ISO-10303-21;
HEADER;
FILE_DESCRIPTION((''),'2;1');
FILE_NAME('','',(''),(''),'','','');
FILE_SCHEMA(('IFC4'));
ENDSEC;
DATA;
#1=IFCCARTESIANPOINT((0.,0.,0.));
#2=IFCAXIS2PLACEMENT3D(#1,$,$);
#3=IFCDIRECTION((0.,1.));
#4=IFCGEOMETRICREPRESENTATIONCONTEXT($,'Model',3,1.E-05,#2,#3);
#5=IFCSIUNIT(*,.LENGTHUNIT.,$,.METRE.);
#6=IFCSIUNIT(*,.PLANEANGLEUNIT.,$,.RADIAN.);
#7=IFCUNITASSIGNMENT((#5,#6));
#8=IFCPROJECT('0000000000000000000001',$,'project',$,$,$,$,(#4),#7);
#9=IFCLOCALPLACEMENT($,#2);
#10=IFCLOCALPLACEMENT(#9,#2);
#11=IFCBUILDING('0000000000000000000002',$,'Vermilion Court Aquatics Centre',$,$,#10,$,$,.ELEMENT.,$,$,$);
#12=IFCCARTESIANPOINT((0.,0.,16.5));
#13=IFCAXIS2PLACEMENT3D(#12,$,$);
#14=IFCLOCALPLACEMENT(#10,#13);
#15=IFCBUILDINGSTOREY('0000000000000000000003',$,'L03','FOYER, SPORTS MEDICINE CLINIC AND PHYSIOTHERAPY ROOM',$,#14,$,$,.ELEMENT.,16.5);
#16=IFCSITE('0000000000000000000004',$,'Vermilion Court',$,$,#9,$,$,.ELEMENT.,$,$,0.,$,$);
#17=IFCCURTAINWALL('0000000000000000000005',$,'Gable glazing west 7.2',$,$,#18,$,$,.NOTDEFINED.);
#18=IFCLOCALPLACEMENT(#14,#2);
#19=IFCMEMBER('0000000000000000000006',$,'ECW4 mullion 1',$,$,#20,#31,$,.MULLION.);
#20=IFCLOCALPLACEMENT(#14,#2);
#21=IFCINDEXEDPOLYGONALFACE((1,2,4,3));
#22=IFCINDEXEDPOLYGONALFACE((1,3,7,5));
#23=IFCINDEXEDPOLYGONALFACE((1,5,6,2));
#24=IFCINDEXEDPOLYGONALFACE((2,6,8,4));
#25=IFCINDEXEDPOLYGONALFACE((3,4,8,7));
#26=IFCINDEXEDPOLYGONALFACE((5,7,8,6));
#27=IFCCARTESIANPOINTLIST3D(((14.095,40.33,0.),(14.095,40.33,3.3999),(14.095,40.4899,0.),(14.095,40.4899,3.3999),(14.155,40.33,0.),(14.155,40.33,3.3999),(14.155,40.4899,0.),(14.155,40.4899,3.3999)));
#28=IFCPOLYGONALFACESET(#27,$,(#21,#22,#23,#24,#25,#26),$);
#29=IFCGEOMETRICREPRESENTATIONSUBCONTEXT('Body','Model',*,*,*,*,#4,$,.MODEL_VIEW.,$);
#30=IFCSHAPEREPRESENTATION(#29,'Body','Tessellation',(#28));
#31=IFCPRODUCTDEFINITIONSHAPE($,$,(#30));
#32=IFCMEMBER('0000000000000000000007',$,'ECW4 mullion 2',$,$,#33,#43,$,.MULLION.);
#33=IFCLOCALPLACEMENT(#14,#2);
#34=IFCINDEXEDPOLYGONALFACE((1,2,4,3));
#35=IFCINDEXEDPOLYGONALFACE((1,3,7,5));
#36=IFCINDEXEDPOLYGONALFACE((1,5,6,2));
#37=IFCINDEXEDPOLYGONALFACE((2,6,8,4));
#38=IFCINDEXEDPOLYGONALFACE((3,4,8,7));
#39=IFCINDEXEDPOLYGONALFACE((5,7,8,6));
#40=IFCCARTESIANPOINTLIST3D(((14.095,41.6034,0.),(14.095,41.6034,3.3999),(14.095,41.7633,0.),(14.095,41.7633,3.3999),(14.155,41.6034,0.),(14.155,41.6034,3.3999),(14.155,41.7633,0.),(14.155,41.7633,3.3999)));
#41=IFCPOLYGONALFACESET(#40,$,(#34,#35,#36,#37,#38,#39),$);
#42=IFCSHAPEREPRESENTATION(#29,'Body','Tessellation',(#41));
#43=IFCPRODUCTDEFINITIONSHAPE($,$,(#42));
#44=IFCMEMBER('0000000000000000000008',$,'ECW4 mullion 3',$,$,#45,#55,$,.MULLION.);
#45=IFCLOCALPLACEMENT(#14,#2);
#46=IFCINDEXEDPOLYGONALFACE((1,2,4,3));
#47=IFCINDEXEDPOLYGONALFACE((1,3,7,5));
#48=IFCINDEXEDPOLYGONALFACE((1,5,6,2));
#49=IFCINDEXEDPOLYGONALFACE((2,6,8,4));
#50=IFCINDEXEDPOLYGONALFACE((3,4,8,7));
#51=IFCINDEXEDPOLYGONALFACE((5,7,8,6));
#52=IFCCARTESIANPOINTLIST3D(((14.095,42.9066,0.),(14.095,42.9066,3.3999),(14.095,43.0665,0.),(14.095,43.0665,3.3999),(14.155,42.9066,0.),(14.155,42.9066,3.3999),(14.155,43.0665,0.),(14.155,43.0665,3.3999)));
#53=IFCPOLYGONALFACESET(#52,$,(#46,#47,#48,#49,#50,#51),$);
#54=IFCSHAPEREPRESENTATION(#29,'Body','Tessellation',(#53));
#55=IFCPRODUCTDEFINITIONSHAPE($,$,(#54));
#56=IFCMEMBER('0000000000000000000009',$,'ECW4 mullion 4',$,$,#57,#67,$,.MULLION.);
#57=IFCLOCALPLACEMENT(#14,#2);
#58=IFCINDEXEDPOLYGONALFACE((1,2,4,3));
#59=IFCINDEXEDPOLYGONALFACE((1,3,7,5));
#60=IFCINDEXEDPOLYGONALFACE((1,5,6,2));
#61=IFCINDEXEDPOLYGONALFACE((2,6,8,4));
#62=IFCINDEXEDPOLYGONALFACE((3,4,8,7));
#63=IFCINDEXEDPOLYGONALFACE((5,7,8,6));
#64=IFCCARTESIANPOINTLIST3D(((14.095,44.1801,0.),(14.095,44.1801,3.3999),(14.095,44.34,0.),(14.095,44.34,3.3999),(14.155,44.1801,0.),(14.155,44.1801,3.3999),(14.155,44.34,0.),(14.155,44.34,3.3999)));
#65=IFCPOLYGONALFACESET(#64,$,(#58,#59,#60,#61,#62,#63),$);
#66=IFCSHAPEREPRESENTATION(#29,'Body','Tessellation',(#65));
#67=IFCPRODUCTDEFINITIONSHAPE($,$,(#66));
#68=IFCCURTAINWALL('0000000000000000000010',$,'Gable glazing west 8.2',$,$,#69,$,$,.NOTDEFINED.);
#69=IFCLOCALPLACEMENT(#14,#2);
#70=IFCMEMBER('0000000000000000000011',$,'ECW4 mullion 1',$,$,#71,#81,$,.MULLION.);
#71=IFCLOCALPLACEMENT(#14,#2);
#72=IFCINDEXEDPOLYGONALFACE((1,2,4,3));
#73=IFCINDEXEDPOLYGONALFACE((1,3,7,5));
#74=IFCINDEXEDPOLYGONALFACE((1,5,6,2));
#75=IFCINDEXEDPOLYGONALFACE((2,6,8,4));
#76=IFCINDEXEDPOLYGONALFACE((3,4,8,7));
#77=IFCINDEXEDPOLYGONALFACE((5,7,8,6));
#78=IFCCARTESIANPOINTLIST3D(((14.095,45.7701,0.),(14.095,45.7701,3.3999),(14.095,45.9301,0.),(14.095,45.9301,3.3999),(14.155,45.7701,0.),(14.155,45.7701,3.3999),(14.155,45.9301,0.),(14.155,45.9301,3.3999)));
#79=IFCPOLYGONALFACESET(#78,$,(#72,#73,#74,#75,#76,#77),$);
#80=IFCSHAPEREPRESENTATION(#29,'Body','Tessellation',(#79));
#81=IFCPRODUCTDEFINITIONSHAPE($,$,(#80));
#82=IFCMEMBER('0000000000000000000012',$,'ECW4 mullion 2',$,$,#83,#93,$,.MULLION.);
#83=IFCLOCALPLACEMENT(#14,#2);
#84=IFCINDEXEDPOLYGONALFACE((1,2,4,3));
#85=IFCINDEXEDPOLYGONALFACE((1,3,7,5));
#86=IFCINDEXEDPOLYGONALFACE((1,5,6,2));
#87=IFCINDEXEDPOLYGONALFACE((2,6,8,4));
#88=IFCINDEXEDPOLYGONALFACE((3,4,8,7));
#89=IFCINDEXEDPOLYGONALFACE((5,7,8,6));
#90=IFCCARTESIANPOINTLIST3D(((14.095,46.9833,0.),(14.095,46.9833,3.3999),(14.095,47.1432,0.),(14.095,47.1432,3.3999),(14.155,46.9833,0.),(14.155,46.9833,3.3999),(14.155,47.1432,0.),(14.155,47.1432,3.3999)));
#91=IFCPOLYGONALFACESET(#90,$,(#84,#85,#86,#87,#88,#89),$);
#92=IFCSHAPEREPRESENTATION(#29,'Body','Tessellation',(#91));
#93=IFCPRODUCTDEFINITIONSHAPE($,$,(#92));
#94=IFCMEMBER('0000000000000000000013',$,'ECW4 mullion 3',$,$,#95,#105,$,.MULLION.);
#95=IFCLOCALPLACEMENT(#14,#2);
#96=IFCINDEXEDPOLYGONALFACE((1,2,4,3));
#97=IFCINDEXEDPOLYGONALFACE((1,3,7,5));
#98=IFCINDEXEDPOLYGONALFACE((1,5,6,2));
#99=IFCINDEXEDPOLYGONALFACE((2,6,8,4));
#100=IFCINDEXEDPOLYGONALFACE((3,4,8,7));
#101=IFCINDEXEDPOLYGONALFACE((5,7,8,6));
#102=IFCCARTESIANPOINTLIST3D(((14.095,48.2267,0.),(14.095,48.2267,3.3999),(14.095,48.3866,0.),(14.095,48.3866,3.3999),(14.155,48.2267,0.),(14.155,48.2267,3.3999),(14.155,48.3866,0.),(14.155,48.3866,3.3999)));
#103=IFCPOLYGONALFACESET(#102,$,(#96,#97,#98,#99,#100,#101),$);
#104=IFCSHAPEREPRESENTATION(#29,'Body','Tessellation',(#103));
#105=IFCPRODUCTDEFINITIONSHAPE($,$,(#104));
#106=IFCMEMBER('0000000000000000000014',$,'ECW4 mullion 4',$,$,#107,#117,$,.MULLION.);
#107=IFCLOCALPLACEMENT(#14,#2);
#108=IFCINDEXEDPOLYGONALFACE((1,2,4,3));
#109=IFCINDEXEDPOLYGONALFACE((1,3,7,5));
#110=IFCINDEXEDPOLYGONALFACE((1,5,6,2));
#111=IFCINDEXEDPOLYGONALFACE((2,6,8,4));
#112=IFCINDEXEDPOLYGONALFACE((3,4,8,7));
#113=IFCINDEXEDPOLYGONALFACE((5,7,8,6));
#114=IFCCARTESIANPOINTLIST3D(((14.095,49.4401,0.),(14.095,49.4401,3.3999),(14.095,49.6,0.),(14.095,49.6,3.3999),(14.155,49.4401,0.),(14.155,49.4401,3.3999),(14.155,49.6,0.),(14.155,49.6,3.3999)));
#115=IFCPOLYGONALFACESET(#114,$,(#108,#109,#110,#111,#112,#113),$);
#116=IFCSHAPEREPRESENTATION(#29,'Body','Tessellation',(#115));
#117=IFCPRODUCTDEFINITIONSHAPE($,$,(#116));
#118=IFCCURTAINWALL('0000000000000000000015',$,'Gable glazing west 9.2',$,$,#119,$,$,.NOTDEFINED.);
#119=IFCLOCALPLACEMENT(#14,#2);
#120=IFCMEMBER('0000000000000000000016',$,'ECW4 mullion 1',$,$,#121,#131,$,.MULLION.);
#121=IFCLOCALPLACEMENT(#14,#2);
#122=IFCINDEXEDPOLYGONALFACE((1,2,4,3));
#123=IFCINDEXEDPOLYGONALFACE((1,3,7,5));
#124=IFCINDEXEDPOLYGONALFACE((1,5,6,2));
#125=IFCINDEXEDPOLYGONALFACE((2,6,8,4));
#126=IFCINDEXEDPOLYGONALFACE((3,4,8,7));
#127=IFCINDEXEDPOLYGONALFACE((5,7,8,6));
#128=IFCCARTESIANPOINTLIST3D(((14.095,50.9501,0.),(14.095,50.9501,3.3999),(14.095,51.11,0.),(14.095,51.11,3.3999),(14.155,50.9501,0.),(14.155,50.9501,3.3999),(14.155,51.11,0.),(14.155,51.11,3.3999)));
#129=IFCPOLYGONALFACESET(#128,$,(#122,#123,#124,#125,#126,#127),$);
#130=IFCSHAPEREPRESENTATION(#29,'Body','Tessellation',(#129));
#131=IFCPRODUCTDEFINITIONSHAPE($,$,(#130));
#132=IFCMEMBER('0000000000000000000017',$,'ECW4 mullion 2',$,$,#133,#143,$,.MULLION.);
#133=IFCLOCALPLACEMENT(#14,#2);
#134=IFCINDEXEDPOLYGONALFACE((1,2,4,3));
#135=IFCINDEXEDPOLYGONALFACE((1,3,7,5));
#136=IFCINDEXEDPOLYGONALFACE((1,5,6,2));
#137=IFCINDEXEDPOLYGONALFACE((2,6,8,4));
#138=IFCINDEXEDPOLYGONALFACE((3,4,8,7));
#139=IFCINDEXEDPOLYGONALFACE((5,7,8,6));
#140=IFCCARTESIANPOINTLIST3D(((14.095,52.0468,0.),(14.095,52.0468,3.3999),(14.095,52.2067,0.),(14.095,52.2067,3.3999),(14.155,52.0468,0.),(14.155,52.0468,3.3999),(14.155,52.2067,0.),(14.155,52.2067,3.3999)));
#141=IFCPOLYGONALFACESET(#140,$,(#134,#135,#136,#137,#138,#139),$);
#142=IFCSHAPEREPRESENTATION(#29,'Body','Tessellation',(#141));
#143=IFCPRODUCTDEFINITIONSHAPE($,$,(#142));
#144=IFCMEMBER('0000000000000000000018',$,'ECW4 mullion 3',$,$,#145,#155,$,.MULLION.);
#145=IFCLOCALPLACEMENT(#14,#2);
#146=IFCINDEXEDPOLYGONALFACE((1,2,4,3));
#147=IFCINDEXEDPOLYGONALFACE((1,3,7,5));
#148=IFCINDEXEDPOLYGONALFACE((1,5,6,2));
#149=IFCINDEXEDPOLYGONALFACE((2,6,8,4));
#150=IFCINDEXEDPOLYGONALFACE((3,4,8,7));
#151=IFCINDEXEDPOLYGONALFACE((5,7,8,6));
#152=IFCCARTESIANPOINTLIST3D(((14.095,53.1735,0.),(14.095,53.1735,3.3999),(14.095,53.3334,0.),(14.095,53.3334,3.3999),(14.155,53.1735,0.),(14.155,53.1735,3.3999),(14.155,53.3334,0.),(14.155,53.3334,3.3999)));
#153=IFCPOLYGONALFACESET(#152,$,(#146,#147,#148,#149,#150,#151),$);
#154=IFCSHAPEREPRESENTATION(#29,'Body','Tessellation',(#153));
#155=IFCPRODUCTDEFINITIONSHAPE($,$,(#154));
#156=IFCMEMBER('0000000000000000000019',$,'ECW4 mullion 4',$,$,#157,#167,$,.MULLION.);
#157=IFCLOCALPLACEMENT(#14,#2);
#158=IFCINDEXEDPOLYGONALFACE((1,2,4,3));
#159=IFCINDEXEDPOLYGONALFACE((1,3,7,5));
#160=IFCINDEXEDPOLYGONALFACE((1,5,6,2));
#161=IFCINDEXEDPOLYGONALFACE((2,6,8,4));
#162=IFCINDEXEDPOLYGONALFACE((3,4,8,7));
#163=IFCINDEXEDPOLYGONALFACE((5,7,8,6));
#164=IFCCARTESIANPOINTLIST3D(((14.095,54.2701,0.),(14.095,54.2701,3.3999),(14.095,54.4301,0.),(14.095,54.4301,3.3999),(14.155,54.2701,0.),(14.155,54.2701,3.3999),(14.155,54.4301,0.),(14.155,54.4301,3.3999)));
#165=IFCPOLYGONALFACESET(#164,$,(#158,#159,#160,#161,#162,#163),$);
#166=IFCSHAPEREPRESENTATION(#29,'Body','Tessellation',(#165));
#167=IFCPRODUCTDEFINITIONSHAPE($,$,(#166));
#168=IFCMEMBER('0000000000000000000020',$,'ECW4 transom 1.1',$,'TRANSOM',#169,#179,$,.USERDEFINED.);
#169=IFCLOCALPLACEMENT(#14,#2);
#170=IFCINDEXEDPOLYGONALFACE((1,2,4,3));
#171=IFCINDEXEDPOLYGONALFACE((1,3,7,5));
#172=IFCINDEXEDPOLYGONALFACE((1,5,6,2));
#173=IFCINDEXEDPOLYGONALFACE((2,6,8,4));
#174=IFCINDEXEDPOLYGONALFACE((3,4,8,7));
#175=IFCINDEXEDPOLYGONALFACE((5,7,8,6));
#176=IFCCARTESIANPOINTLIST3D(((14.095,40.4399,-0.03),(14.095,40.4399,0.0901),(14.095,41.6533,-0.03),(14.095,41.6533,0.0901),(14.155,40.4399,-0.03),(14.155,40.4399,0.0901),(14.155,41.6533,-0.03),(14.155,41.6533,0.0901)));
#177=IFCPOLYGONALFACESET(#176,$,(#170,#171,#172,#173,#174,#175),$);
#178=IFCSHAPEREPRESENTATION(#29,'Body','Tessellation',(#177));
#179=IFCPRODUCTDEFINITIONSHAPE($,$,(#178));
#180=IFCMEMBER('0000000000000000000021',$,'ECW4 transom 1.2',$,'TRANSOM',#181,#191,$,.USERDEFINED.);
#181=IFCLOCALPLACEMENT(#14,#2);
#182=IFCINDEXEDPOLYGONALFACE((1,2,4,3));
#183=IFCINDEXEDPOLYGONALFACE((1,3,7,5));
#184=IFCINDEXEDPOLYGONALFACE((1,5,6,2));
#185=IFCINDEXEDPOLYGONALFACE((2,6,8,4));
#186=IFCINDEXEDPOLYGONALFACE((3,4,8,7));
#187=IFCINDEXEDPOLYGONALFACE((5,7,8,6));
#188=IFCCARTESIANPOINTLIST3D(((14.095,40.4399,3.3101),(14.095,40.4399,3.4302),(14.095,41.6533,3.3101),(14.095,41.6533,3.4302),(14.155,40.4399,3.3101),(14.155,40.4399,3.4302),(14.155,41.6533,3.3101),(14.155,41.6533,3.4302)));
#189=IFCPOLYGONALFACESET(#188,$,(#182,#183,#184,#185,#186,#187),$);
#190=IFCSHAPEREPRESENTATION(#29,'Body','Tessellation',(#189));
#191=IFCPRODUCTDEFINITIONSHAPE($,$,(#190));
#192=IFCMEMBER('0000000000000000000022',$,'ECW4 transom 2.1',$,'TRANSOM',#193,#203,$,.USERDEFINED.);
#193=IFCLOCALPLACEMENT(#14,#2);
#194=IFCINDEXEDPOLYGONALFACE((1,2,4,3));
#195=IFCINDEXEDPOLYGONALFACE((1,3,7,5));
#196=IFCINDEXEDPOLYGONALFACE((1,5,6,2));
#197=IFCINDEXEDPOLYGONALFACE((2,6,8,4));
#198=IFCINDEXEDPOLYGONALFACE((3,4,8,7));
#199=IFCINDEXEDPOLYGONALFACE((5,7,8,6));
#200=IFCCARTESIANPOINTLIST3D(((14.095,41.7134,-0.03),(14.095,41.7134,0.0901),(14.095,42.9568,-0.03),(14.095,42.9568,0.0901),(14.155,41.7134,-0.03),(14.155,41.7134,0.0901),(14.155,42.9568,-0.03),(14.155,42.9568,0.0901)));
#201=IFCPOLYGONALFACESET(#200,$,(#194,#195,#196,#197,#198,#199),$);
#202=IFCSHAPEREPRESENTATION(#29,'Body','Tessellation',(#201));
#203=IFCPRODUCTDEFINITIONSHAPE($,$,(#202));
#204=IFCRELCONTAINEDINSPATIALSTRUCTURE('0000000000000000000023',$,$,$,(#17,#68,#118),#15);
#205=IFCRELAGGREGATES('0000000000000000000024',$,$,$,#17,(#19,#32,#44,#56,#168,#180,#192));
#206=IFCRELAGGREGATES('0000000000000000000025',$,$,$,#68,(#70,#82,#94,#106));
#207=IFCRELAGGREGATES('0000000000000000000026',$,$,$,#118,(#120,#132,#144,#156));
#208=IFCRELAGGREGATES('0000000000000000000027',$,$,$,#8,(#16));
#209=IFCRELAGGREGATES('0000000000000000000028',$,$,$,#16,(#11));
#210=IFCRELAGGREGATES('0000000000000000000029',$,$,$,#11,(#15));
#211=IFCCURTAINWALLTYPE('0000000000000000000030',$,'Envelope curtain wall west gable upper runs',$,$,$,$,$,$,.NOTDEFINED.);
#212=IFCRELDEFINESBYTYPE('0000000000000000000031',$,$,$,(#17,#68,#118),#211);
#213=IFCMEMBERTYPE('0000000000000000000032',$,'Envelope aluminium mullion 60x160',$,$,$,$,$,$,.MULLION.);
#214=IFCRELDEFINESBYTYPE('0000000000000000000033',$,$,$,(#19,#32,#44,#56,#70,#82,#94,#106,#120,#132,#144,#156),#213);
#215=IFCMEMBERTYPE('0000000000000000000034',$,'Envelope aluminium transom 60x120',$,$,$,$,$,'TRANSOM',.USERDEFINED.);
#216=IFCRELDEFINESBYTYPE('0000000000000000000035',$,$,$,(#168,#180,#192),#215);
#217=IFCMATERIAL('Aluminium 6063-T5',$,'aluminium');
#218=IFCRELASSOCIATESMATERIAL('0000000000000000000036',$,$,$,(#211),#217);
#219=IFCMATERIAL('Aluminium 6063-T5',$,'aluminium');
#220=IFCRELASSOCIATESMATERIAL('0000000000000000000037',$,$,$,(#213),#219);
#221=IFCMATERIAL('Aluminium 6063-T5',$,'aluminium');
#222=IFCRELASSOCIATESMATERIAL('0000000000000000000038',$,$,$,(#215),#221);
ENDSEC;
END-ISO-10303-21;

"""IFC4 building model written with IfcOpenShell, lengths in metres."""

from ifc_helpers import new_model, si_unit, direction, frame, origin, origin_2d, place, context, subcontext, project, spatial, rectangle, extrude, material, material_profile, profile_set, type_object, element, aggregate, save


model = new_model("IFC4")

# Units and contexts
model_context = context("Model", 3, precision=1e-05, world=origin(), true_north=direction((0.0, 1.0)))
body_context = subcontext(model_context, "Body", "Model", "MODEL_VIEW")
ifc_project = project(units=[si_unit("LENGTHUNIT", "METRE"), si_unit("PLANEANGLEUNIT", "RADIAN")], contexts=[model_context])

# Site, building, storey
site_placement = place(None, origin())
site = spatial("IfcSite", under=ifc_project, at=site_placement, Name="Vermilion Court", CompositionType="ELEMENT", RefElevation=0.0)
building_placement = place(site_placement, origin())
building = spatial("IfcBuilding", under=site, at=building_placement, Name="Vermilion Court Aquatics Centre", CompositionType="ELEMENT")
storey_placement = place(building_placement, frame((0.0, 0.0, 16.5)))
storey = spatial("IfcBuildingStorey", under=building, at=storey_placement, Name="L03", Description="FOYER, SPORTS MEDICINE CLINIC AND PHYSIOTHERAPY ROOM", CompositionType="ELEMENT", Elevation=16.5)

# Curtain walls, members
ifc_material_1 = material(Name="Aluminium 6063-T5", Category="aluminium")
curtain_wall_type = type_object("IfcCurtainWallType", Name="Envelope curtain wall west gable upper runs", PredefinedType="NOTDEFINED", material=ifc_material_1)
curtain_wall_1_placement = place(storey_placement, origin())
curtain_wall_1 = element("IfcCurtainWall", 1, at=curtain_wall_1_placement, inside=storey, type_object=curtain_wall_type, Name="Gable glazing west 7.2", PredefinedType="NOTDEFINED")
ifc_material_2 = material(Name="Aluminium 6063-T5", Category="aluminium")
ifc_material_profile_1 = material_profile(ifc_material_2, rectangle(XDim=0.0601, YDim=0.1599, at=origin_2d()), Name="AL 60x160")
ifc_profile_set_1 = profile_set([ifc_material_profile_1], Name="Aluminium 6063-T5")
member_type_1 = type_object("IfcMemberType", Name="Envelope aluminium mullion 60x160", PredefinedType="MULLION", material=ifc_profile_set_1)
member_1_placement = place(storey_placement, frame((14.125, 40.4099, 0.0), z_axis=(0.0, 0.0, 1.0), x_axis=(-1.0, 0.0, 0.0)))
member_1 = element("IfcMember", 2, at=member_1_placement, type_object=member_type_1, Name="ECW4 mullion 1", PredefinedType="MULLION", context=body_context, shape_type="SweptSolid", body=[
    extrude(rectangle(XDim=0.0601, YDim=0.1599, at=origin_2d()), origin(), (0.0, 0.0, 1.0), 3.3999),
])
member_2_placement = place(storey_placement, frame((14.125, 41.6833, 0.0), z_axis=(0.0, 0.0, 1.0), x_axis=(-1.0, 0.0, 0.0)))
member_2 = element("IfcMember", 3, at=member_2_placement, type_object=member_type_1, Name="ECW4 mullion 2", PredefinedType="MULLION", context=body_context, shape_type="SweptSolid", body=[
    extrude(rectangle(XDim=0.0601, YDim=0.1599, at=origin_2d()), origin(), (0.0, 0.0, 1.0), 3.3999),
])
member_3_placement = place(storey_placement, frame((14.125, 42.9866, 0.0), z_axis=(0.0, 0.0, 1.0), x_axis=(-1.0, 0.0, 0.0)))
member_3 = element("IfcMember", 4, at=member_3_placement, type_object=member_type_1, Name="ECW4 mullion 3", PredefinedType="MULLION", context=body_context, shape_type="SweptSolid", body=[
    extrude(rectangle(XDim=0.0601, YDim=0.1599, at=origin_2d()), origin(), (0.0, 0.0, 1.0), 3.3999),
])
member_4_placement = place(storey_placement, frame((14.125, 44.26, 0.0), z_axis=(0.0, 0.0, 1.0), x_axis=(-1.0, 0.0, 0.0)))
member_4 = element("IfcMember", 5, at=member_4_placement, type_object=member_type_1, Name="ECW4 mullion 4", PredefinedType="MULLION", context=body_context, shape_type="SweptSolid", body=[
    extrude(rectangle(XDim=0.0601, YDim=0.1599, at=origin_2d()), origin(), (0.0, 0.0, 1.0), 3.3999),
])
curtain_wall_2_placement = place(storey_placement, origin())
curtain_wall_2 = element("IfcCurtainWall", 6, at=curtain_wall_2_placement, inside=storey, type_object=curtain_wall_type, Name="Gable glazing west 8.2", PredefinedType="NOTDEFINED")
member_5_placement = place(storey_placement, frame((14.125, 45.8501, 0.0), z_axis=(0.0, 0.0, 1.0), x_axis=(-1.0, 0.0, 0.0)))
member_5 = element("IfcMember", 7, at=member_5_placement, type_object=member_type_1, Name="ECW4 mullion 1", PredefinedType="MULLION", context=body_context, shape_type="SweptSolid", body=[
    extrude(rectangle(XDim=0.0601, YDim=0.1599, at=origin_2d()), origin(), (0.0, 0.0, 1.0), 3.3999),
])
member_6_placement = place(storey_placement, frame((14.125, 47.0632, 0.0), z_axis=(0.0, 0.0, 1.0), x_axis=(-1.0, 0.0, 0.0)))
member_6 = element("IfcMember", 8, at=member_6_placement, type_object=member_type_1, Name="ECW4 mullion 2", PredefinedType="MULLION", context=body_context, shape_type="SweptSolid", body=[
    extrude(rectangle(XDim=0.0601, YDim=0.1599, at=origin_2d()), origin(), (0.0, 0.0, 1.0), 3.3999),
])
member_7_placement = place(storey_placement, frame((14.125, 48.3066, 0.0), z_axis=(0.0, 0.0, 1.0), x_axis=(-1.0, 0.0, 0.0)))
member_7 = element("IfcMember", 9, at=member_7_placement, type_object=member_type_1, Name="ECW4 mullion 3", PredefinedType="MULLION", context=body_context, shape_type="SweptSolid", body=[
    extrude(rectangle(XDim=0.0601, YDim=0.1599, at=origin_2d()), origin(), (0.0, 0.0, 1.0), 3.3999),
])
member_8_placement = place(storey_placement, frame((14.125, 49.52, 0.0), z_axis=(0.0, 0.0, 1.0), x_axis=(-1.0, 0.0, 0.0)))
member_8 = element("IfcMember", 10, at=member_8_placement, type_object=member_type_1, Name="ECW4 mullion 4", PredefinedType="MULLION", context=body_context, shape_type="SweptSolid", body=[
    extrude(rectangle(XDim=0.0601, YDim=0.1599, at=origin_2d()), origin(), (0.0, 0.0, 1.0), 3.3999),
])
curtain_wall_3_placement = place(storey_placement, origin())
curtain_wall_3 = element("IfcCurtainWall", 11, at=curtain_wall_3_placement, inside=storey, type_object=curtain_wall_type, Name="Gable glazing west 9.2", PredefinedType="NOTDEFINED")
member_9_placement = place(storey_placement, frame((14.125, 51.03, 0.0), z_axis=(0.0, 0.0, 1.0), x_axis=(-1.0, 0.0, 0.0)))
member_9 = element("IfcMember", 12, at=member_9_placement, type_object=member_type_1, Name="ECW4 mullion 1", PredefinedType="MULLION", context=body_context, shape_type="SweptSolid", body=[
    extrude(rectangle(XDim=0.0601, YDim=0.1599, at=origin_2d()), origin(), (0.0, 0.0, 1.0), 3.3999),
])
member_10_placement = place(storey_placement, frame((14.125, 52.1267, 0.0), z_axis=(0.0, 0.0, 1.0), x_axis=(-1.0, 0.0, 0.0)))
member_10 = element("IfcMember", 13, at=member_10_placement, type_object=member_type_1, Name="ECW4 mullion 2", PredefinedType="MULLION", context=body_context, shape_type="SweptSolid", body=[
    extrude(rectangle(XDim=0.0601, YDim=0.1599, at=origin_2d()), origin(), (0.0, 0.0, 1.0), 3.3999),
])
member_11_placement = place(storey_placement, frame((14.125, 53.2534, 0.0), z_axis=(0.0, 0.0, 1.0), x_axis=(-1.0, 0.0, 0.0)))
member_11 = element("IfcMember", 14, at=member_11_placement, type_object=member_type_1, Name="ECW4 mullion 3", PredefinedType="MULLION", context=body_context, shape_type="SweptSolid", body=[
    extrude(rectangle(XDim=0.0601, YDim=0.1599, at=origin_2d()), origin(), (0.0, 0.0, 1.0), 3.3999),
])
member_12_placement = place(storey_placement, frame((14.125, 54.3501, 0.0), z_axis=(0.0, 0.0, 1.0), x_axis=(-1.0, 0.0, 0.0)))
member_12 = element("IfcMember", 15, at=member_12_placement, type_object=member_type_1, Name="ECW4 mullion 4", PredefinedType="MULLION", context=body_context, shape_type="SweptSolid", body=[
    extrude(rectangle(XDim=0.0601, YDim=0.1599, at=origin_2d()), origin(), (0.0, 0.0, 1.0), 3.3999),
])

# Members
ifc_material_3 = material(Name="Aluminium 6063-T5", Category="aluminium")
ifc_material_profile_2 = material_profile(ifc_material_3, rectangle(XDim=0.0601, YDim=0.1201, at=origin_2d()), Name="AL 60x120")
ifc_profile_set_2 = profile_set([ifc_material_profile_2], Name="Aluminium 6063-T5")
member_type_2 = type_object("IfcMemberType", Name="Envelope aluminium transom 60x120", ElementType="TRANSOM", PredefinedType="USERDEFINED", material=ifc_profile_set_2)
member_13_placement = place(storey_placement, frame((14.125, 40.4399, 0.03), z_axis=(0.0, 1.0, 0.0), x_axis=(-1.0, 0.0, 0.0)))
member_13 = element("IfcMember", 16, at=member_13_placement, type_object=member_type_2, Name="ECW4 transom 1.1", ObjectType="TRANSOM", PredefinedType="USERDEFINED", context=body_context, shape_type="SweptSolid", body=[
    extrude(rectangle(XDim=0.0601, YDim=0.1201, at=origin_2d()), origin(), (0.0, 0.0, 1.0), 1.2134),
])
member_14_placement = place(storey_placement, frame((14.125, 40.4399, 3.3701), z_axis=(0.0, 1.0, 0.0), x_axis=(-1.0, 0.0, 0.0)))
member_14 = element("IfcMember", 17, at=member_14_placement, type_object=member_type_2, Name="ECW4 transom 1.2", ObjectType="TRANSOM", PredefinedType="USERDEFINED", context=body_context, shape_type="SweptSolid", body=[
    extrude(rectangle(XDim=0.0601, YDim=0.1201, at=origin_2d()), origin(), (0.0, 0.0, 1.0), 1.2134),
])
member_15_placement = place(storey_placement, frame((14.125, 41.7134, 0.03), z_axis=(0.0, 1.0, 0.0), x_axis=(-1.0, 0.0, 0.0)))
member_15 = element("IfcMember", 18, at=member_15_placement, type_object=member_type_2, Name="ECW4 transom 2.1", ObjectType="TRANSOM", PredefinedType="USERDEFINED", context=body_context, shape_type="SweptSolid", body=[
    extrude(rectangle(XDim=0.0601, YDim=0.1201, at=origin_2d()), origin(), (0.0, 0.0, 1.0), 1.2434),
])

aggregate(curtain_wall_1, [member_1, member_2, member_3, member_4, member_13, member_14, member_15])
aggregate(curtain_wall_2, [member_5, member_6, member_7, member_8])
aggregate(curtain_wall_3, [member_9, member_10, member_11, member_12])

save(model, "model.ifc")
